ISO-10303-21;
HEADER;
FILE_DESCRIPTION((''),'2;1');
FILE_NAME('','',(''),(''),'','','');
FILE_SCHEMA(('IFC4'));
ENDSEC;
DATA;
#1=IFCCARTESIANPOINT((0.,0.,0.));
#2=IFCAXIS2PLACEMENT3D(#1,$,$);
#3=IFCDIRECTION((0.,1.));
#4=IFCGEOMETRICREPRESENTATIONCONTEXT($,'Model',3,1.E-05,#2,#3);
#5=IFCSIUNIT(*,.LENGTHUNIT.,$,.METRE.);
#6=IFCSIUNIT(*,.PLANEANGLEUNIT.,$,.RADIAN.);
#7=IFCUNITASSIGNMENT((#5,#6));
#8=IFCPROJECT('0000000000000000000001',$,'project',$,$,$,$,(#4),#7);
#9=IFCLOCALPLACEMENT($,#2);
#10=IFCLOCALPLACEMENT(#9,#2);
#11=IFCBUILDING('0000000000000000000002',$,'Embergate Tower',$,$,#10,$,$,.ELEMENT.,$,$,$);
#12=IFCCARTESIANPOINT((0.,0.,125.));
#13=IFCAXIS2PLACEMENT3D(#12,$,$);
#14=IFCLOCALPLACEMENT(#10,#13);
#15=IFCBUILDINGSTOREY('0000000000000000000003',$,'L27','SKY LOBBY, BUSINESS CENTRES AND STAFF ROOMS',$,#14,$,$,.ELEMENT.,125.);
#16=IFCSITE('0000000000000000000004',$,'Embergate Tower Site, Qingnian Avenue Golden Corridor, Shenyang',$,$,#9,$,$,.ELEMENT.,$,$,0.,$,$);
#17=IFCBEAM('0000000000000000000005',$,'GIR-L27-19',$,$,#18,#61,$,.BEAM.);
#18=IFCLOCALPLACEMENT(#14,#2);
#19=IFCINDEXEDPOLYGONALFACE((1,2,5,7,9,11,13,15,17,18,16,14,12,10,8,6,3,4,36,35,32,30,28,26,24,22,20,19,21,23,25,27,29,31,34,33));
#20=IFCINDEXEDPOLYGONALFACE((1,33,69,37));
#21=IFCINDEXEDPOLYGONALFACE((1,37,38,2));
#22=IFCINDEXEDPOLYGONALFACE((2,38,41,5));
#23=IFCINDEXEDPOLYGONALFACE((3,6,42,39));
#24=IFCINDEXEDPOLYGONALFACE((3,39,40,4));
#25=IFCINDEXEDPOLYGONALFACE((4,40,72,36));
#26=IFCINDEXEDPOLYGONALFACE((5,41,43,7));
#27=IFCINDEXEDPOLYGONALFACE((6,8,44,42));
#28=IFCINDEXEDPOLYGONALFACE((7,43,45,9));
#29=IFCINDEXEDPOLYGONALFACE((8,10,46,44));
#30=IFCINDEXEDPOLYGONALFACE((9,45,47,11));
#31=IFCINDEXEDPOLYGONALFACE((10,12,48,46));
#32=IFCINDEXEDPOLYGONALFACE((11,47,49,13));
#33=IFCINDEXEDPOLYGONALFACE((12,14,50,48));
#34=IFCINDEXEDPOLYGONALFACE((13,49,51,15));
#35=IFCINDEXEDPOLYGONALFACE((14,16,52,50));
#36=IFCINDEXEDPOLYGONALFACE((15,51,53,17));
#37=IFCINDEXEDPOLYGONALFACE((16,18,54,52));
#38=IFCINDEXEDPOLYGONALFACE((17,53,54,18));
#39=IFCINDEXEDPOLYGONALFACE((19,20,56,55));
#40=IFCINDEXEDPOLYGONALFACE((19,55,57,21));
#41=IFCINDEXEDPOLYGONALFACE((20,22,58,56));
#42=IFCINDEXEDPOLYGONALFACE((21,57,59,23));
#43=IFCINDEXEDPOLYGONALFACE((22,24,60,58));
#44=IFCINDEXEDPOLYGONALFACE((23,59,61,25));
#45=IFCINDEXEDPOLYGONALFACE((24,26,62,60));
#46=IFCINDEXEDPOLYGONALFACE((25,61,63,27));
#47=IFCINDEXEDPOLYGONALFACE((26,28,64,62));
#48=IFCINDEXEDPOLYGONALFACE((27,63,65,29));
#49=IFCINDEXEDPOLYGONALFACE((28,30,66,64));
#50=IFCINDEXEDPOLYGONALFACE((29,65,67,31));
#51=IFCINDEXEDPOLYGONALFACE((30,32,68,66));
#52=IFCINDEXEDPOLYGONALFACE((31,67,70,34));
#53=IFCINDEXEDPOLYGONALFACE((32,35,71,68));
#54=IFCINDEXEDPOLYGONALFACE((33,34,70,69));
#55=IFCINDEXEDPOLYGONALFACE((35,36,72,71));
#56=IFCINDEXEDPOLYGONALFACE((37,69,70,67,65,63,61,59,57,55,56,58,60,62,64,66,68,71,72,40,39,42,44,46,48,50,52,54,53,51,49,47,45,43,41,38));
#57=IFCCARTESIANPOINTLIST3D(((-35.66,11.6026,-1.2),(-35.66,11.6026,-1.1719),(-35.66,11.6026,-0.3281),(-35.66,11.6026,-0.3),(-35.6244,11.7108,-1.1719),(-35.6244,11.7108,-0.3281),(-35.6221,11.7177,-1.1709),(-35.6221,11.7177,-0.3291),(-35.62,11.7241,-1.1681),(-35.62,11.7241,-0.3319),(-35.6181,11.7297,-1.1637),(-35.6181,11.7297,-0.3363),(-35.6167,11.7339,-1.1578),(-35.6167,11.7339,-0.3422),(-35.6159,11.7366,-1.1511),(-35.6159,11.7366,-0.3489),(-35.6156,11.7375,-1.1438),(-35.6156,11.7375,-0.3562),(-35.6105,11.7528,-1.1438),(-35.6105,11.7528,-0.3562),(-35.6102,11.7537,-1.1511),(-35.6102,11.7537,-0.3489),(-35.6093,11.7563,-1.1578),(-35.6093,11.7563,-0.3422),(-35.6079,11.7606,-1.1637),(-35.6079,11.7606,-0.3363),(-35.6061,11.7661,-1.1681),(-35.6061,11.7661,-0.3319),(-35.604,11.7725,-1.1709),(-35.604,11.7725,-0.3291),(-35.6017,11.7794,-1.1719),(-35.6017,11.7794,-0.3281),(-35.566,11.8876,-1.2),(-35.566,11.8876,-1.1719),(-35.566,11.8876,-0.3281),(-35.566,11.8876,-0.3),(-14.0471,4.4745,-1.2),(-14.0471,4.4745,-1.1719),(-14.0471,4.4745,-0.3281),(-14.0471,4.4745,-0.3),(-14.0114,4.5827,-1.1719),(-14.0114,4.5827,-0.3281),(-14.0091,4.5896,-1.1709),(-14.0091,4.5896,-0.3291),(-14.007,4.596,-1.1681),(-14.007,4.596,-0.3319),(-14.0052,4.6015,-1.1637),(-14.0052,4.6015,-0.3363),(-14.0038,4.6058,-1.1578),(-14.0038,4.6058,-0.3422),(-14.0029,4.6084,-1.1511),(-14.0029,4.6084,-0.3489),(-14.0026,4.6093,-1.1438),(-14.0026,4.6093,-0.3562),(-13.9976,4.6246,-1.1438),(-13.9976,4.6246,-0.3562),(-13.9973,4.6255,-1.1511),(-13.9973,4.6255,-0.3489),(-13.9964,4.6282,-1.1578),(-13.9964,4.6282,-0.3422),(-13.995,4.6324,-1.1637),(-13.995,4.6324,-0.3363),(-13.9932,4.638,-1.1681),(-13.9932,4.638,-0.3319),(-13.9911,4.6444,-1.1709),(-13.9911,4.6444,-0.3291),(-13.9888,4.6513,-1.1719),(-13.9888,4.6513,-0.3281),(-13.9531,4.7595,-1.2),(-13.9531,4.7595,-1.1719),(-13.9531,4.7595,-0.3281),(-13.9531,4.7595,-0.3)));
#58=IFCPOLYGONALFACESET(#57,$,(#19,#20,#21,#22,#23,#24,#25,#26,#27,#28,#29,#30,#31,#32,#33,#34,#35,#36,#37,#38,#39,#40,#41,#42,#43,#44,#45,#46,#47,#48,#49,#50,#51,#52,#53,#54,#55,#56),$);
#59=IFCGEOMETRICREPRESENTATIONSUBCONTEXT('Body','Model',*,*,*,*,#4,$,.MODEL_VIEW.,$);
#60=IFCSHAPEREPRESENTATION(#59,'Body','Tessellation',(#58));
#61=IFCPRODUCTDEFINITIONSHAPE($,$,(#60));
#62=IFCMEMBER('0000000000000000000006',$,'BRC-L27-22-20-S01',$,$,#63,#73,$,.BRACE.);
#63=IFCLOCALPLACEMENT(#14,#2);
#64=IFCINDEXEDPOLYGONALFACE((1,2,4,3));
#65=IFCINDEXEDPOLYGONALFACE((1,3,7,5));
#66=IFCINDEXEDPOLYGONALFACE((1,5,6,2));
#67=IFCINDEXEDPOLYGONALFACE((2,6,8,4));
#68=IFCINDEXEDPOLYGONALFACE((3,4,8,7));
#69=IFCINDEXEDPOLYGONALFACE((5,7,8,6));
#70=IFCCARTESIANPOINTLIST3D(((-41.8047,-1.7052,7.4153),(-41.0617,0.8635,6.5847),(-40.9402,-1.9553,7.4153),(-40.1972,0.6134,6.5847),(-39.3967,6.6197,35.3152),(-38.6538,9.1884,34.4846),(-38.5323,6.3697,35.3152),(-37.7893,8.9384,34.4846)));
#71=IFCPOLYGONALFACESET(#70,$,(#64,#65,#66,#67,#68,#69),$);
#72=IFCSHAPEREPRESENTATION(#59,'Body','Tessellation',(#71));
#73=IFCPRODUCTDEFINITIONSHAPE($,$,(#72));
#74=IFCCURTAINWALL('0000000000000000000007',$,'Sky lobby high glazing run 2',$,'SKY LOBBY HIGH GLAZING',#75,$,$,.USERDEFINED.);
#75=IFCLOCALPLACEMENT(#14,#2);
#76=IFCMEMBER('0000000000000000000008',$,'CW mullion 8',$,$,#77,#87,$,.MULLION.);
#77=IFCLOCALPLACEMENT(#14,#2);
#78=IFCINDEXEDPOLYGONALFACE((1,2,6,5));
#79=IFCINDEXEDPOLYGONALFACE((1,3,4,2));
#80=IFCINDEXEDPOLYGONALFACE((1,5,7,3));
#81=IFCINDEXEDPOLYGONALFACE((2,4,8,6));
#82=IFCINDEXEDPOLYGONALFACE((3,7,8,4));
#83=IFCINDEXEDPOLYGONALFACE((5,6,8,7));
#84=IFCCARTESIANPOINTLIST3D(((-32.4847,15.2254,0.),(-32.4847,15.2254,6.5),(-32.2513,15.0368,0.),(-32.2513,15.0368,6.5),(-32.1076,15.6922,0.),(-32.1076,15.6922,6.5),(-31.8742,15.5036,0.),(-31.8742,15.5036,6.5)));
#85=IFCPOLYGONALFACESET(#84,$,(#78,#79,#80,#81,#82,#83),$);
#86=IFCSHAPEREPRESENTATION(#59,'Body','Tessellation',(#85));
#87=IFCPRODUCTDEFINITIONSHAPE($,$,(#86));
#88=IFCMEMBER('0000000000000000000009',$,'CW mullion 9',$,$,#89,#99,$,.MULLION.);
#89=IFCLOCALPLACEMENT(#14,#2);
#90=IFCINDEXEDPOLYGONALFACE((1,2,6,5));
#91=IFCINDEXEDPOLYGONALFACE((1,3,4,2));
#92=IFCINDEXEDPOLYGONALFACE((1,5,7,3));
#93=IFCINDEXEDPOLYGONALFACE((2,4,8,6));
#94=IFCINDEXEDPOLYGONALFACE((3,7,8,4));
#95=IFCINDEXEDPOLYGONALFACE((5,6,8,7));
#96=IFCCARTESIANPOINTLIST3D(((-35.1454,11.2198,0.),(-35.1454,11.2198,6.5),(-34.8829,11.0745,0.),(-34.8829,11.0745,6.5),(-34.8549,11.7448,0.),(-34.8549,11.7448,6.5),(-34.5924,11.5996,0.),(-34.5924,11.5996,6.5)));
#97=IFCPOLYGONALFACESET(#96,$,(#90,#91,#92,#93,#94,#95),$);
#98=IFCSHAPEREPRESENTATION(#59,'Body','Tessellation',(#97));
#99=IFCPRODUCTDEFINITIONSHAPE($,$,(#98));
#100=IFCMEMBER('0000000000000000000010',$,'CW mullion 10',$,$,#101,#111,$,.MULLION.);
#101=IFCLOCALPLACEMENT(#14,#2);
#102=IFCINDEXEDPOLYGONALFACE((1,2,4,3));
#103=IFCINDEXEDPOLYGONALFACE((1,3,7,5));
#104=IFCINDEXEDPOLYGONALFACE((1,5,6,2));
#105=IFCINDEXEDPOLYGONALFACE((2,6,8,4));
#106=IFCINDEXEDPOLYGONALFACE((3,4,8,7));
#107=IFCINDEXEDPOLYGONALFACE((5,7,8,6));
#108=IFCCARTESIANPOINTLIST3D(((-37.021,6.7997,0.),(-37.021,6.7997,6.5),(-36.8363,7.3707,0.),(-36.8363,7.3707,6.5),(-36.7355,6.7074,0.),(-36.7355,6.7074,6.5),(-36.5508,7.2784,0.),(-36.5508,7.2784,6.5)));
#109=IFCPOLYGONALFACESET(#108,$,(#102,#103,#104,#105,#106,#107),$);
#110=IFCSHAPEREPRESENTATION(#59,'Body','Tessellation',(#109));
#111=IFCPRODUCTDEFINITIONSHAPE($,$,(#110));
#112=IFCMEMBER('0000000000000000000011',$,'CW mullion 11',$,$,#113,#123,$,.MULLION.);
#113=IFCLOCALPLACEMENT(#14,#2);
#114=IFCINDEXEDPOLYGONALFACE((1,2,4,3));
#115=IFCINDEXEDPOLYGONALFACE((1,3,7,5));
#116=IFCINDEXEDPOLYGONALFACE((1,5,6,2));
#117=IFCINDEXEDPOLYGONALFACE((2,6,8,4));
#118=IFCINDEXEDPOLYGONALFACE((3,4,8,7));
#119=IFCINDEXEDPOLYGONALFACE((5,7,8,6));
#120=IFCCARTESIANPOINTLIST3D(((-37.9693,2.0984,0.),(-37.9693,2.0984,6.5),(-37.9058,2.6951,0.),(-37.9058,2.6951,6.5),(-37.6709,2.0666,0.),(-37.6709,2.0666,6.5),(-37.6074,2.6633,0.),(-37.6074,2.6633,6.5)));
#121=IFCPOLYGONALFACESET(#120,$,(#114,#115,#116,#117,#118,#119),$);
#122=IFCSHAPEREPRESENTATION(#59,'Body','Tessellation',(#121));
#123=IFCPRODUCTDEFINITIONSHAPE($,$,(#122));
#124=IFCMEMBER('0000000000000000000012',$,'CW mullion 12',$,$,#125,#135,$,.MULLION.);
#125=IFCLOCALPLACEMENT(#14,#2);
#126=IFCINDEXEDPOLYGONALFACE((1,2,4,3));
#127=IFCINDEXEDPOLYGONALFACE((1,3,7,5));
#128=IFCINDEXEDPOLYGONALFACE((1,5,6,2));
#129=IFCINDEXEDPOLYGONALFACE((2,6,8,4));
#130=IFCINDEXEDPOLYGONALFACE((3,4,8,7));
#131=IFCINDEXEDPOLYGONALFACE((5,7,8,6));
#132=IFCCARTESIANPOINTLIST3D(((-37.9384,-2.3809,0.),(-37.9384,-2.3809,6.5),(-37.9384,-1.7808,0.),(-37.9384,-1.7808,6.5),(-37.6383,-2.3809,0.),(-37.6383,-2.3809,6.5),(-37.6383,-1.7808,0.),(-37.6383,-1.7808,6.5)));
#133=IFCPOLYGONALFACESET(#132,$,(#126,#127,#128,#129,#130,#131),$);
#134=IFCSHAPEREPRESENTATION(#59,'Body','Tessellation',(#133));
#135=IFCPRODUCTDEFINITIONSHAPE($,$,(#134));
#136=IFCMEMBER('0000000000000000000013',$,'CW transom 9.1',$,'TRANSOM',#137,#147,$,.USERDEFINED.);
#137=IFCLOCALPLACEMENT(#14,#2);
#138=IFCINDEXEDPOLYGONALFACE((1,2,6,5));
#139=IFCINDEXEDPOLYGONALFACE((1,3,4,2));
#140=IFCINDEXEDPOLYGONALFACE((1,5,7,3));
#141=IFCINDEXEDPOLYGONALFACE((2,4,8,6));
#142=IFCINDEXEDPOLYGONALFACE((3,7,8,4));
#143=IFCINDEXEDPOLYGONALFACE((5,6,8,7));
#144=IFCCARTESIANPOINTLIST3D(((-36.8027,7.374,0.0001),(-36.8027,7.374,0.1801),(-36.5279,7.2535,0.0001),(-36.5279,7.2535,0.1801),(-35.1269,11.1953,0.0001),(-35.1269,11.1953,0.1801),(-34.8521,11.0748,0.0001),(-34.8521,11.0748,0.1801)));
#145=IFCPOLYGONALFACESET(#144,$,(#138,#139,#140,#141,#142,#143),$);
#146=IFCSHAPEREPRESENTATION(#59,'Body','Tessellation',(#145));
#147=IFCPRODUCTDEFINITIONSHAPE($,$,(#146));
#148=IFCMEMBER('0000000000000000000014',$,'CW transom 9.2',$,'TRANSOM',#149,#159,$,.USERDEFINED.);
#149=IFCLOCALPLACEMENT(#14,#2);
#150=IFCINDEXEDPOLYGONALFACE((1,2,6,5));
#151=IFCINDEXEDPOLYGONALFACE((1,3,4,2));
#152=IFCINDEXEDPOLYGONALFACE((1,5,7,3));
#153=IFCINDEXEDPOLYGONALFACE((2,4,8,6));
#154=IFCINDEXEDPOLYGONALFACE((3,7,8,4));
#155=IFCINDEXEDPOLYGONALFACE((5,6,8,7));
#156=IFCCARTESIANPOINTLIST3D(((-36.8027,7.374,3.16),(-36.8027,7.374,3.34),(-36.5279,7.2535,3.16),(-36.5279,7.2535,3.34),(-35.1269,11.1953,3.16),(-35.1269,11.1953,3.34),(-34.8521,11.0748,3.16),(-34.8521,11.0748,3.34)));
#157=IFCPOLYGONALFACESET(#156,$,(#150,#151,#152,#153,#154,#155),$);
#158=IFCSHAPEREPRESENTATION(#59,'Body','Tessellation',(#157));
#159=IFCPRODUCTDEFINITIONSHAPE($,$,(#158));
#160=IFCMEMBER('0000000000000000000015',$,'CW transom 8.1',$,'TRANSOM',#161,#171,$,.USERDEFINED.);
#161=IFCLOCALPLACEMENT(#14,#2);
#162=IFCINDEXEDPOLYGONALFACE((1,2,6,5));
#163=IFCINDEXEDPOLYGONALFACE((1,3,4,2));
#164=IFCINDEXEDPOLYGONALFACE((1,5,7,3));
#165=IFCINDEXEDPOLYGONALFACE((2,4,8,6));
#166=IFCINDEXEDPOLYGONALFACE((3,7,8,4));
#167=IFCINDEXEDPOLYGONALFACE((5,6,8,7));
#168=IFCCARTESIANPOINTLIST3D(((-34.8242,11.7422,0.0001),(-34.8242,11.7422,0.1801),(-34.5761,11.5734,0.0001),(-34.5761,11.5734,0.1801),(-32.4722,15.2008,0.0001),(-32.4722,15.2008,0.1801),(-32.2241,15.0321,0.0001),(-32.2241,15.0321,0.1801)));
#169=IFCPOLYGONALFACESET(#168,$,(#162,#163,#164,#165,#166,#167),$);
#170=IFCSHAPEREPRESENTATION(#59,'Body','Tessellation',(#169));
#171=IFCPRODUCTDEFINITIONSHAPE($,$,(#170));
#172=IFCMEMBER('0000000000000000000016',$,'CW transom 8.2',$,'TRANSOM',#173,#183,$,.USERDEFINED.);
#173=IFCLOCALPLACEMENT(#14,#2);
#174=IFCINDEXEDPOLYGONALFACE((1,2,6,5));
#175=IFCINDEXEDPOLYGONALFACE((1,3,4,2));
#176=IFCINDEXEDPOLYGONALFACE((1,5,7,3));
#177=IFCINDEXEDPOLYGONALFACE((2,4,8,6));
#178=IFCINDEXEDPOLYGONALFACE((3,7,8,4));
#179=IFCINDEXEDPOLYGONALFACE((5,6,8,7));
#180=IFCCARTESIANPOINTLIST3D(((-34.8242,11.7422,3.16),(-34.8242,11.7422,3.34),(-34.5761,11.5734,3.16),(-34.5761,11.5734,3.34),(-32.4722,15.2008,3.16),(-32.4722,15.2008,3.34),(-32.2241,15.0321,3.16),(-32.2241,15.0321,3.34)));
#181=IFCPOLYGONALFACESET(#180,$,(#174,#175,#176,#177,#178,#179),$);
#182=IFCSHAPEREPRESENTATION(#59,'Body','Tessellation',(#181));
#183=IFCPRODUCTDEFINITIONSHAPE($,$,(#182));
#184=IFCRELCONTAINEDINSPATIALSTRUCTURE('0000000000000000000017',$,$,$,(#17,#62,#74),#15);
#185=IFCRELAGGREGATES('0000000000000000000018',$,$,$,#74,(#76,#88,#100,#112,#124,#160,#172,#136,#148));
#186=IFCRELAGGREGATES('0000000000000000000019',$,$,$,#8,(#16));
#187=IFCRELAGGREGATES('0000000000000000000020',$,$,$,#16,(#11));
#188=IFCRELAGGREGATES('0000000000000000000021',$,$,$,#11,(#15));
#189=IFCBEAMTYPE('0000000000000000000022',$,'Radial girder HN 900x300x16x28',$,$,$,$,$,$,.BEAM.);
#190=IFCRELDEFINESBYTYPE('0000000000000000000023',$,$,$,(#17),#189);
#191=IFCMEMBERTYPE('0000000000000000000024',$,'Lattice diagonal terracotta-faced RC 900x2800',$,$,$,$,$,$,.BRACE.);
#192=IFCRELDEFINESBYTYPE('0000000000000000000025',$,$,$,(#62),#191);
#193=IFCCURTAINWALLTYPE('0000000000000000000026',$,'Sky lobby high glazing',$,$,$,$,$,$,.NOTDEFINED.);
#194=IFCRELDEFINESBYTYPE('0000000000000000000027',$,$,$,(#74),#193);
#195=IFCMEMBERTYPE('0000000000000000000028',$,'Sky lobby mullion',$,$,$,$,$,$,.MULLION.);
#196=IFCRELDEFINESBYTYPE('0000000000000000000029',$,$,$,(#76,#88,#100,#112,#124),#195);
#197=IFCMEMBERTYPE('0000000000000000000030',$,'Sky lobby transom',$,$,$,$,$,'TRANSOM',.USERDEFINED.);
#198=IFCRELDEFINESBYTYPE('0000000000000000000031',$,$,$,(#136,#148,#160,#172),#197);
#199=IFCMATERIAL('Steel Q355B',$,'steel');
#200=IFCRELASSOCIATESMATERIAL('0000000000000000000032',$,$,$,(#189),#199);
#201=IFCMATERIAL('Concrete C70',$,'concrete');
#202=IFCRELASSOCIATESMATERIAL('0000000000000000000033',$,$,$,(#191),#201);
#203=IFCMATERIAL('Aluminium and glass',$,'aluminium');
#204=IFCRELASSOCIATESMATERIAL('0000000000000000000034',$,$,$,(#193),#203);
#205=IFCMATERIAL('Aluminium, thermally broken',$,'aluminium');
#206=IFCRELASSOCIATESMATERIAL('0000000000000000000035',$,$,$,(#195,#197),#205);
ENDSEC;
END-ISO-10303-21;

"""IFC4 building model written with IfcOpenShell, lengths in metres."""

from ifc_helpers import new_model, si_unit, direction, frame, origin, origin_2d, place, context, subcontext, project, spatial, rectangle, i_section, extrude, source, transform, mapped, material, material_profile, profile_set, type_object, element, aggregate, save


model = new_model("IFC4")

# Units and contexts
model_context = context("Model", 3, precision=1e-05, world=origin(), true_north=direction((0.0, 1.0)))
body_context = subcontext(model_context, "Body", "Model", "MODEL_VIEW")
ifc_project = project(units=[si_unit("LENGTHUNIT", "METRE"), si_unit("PLANEANGLEUNIT", "RADIAN")], contexts=[model_context])

# Site, building, storey
site_placement = place(None, origin())
site = spatial("IfcSite", under=ifc_project, at=site_placement, Name="Embergate Tower Site, Qingnian Avenue Golden Corridor, Shenyang", CompositionType="ELEMENT", RefElevation=0.0)
building_placement = place(site_placement, origin())
building = spatial("IfcBuilding", under=site, at=building_placement, Name="Embergate Tower", CompositionType="ELEMENT")
storey_placement = place(building_placement, frame((0.0, 0.0, 125.0)))
storey = spatial("IfcBuildingStorey", under=building, at=storey_placement, Name="L27", Description="SKY LOBBY, BUSINESS CENTRES AND STAFF ROOMS", CompositionType="ELEMENT", Elevation=125.0)

# Shared definitions
ifc_material_1 = material(Name="Concrete C70", Category="concrete")

# Beam
ifc_material_2 = material(Name="Steel Q355B", Category="steel")
ifc_material_profile_1 = material_profile(ifc_material_2, i_section(OverallWidth=0.3, OverallDepth=0.8999, WebThickness=0.0161, FlangeThickness=0.0281, FilletRadius=0.0281, at=origin_2d()), Name="HN 900x300x16x28")
ifc_profile_set_1 = profile_set([ifc_material_profile_1], Name="Steel Q355 grade B")
beam_type_1 = type_object("IfcBeamType", Name="Radial girder HN 900x300x16x28", PredefinedType="BEAM", material=ifc_profile_set_1)
shared_shape_1 = source(origin(), body_context, "Body", "SweptSolid", [
    extrude(i_section(OverallWidth=0.3, OverallDepth=0.8999, WebThickness=0.0161, FlangeThickness=0.0281, FilletRadius=0.0281, at=origin_2d()), origin(), (0.0, 0.0, 1.0), 22.7581),
])
beam_1_placement = place(storey_placement, frame((-35.613, 11.7451, -0.75), z_axis=(0.949683, -0.313214, 0.0), x_axis=(0.313214, 0.949683, 0.0)))
element("IfcBeam", 1, at=beam_1_placement, inside=storey, type_object=beam_type_1, Name="GIR-L27-19", PredefinedType="BEAM", context=body_context, shape_type="MappedRepresentation", body=[
    mapped(shared_shape_1, transform((0.0, 0.0, 0.0))),
])

# Member
ifc_material_profile_2 = material_profile(ifc_material_1, rectangle(XDim=0.8999, YDim=2.8, at=origin_2d()), Name="RC 900x2800")
ifc_profile_set_2 = profile_set([ifc_material_profile_2], Name="Concrete C70")
member_type_1 = type_object("IfcMemberType", Name="Lattice diagonal terracotta-faced RC 900x2800", PredefinedType="BRACE", material=ifc_profile_set_2)
shared_shape_2 = source(origin(), body_context, "Body", "SweptSolid", [
    extrude(rectangle(XDim=0.8999, YDim=2.8, at=origin_2d()), origin(), (0.0, 0.0, 1.0), 29.2148),
])
member_1_placement = place(storey_placement, frame((-41.001, -0.5459, 7.0), z_axis=(0.082422, 0.284956, 0.95499), x_axis=(-0.960623, 0.277856, 0.0)))
element("IfcMember", 2, at=member_1_placement, inside=storey, type_object=member_type_1, Name="BRC-L27-22-20-S01", PredefinedType="BRACE", context=body_context, shape_type="MappedRepresentation", body=[
    mapped(shared_shape_2, transform((0.0, 0.0, 0.0))),
])

# Curtain wall, members
ifc_material_3 = material(Name="Aluminium and glass", Category="aluminium")
curtain_wall_type = type_object("IfcCurtainWallType", Name="Sky lobby high glazing", PredefinedType="NOTDEFINED", material=ifc_material_3)
curtain_wall_placement = place(storey_placement, origin())
curtain_wall = element("IfcCurtainWall", 3, at=curtain_wall_placement, inside=storey, type_object=curtain_wall_type, Name="Sky lobby high glazing run 2", ObjectType="SKY LOBBY HIGH GLAZING", PredefinedType="USERDEFINED")
ifc_material_4 = material(Name="Aluminium, thermally broken", Category="aluminium")
ifc_material_profile_3 = material_profile(ifc_material_4, rectangle(XDim=0.3, YDim=0.6001, at=origin_2d()), Name="AL 600x300")
ifc_profile_set_3 = profile_set([ifc_material_profile_3], Name="Aluminium, thermally broken")
member_type_2 = type_object("IfcMemberType", Name="Sky lobby mullion", PredefinedType="MULLION", material=ifc_profile_set_3)
shared_shape_3 = source(origin(), body_context, "Body", "SweptSolid", [
    extrude(rectangle(XDim=0.3, YDim=0.6001, at=origin_2d()), origin(), (0.0, 0.0, 1.0), 6.5),
])
member_2_placement = place(storey_placement, frame((-32.1794, 15.3645, 0.0), z_axis=(0.0, 0.0, 1.0), x_axis=(0.777864, -0.628433, 0.0)))
member_2 = element("IfcMember", 4, at=member_2_placement, type_object=member_type_2, Name="CW mullion 8", PredefinedType="MULLION", context=body_context, shape_type="MappedRepresentation", body=[
    mapped(shared_shape_3, transform((0.0, 0.0, 0.0))),
])
member_3_placement = place(storey_placement, frame((-34.8689, 11.4097, 0.0), z_axis=(0.0, 0.0, 1.0), x_axis=(0.874995, -0.484132, 0.0)))
member_3 = element("IfcMember", 5, at=member_3_placement, type_object=member_type_2, Name="CW mullion 9", PredefinedType="MULLION", context=body_context, shape_type="MappedRepresentation", body=[
    mapped(shared_shape_3, transform((0.0, 0.0, 0.0))),
])
member_4_placement = place(storey_placement, frame((-36.7859, 7.0391, 0.0), z_axis=(0.0, 0.0, 1.0), x_axis=(0.951494, -0.307667, 0.0)))
member_4 = element("IfcMember", 6, at=member_4_placement, type_object=member_type_2, Name="CW mullion 10", PredefinedType="MULLION", context=body_context, shape_type="MappedRepresentation", body=[
    mapped(shared_shape_3, transform((0.0, 0.0, 0.0))),
])
member_5_placement = place(storey_placement, frame((-37.7883, 2.3809, 0.0), z_axis=(0.0, 0.0, 1.0), x_axis=(0.994384, -0.105828, 0.0)))
member_5 = element("IfcMember", 7, at=member_5_placement, type_object=member_type_2, Name="CW mullion 11", PredefinedType="MULLION", context=body_context, shape_type="MappedRepresentation", body=[
    mapped(shared_shape_3, transform((0.0, 0.0, 0.0))),
])
member_6_placement = place(storey_placement, frame((-37.7883, -2.0808, 0.0), z_axis=(0.0, 0.0, 1.0), x_axis=(1.0, 0.0, 0.0)))
member_6 = element("IfcMember", 8, at=member_6_placement, type_object=member_type_2, Name="CW mullion 12", PredefinedType="MULLION", context=body_context, shape_type="MappedRepresentation", body=[
    mapped(shared_shape_3, transform((0.0, 0.0, 0.0))),
])
ifc_material_profile_4 = material_profile(ifc_material_4, rectangle(XDim=0.3, YDim=0.1799, at=origin_2d()), Name="AL 180x300")
ifc_profile_set_4 = profile_set([ifc_material_profile_4], Name="Aluminium, thermally broken")
member_type_3 = type_object("IfcMemberType", Name="Sky lobby transom", ElementType="TRANSOM", PredefinedType="USERDEFINED", material=ifc_profile_set_4)
shared_shape_4 = source(origin(), body_context, "Body", "SweptSolid", [
    extrude(rectangle(XDim=0.3, YDim=0.1799, at=origin_2d()), origin(), (0.0, 0.0, 1.0), 4.1726),
])
member_7_placement = place(storey_placement, frame((-34.9895, 11.135, 0.0901), z_axis=(-0.401617, -0.915808, 0.0), x_axis=(0.915808, -0.401617, 0.0)))
member_7 = element("IfcMember", 9, at=member_7_placement, type_object=member_type_3, Name="CW transom 9.1", ObjectType="TRANSOM", PredefinedType="USERDEFINED", context=body_context, shape_type="MappedRepresentation", body=[
    mapped(shared_shape_4, transform((0.0, 0.0, 0.0))),
])
member_8_placement = place(storey_placement, frame((-34.9895, 11.135, 3.25), z_axis=(-0.401617, -0.915808, 0.0), x_axis=(0.915808, -0.401617, 0.0)))
member_8 = element("IfcMember", 10, at=member_8_placement, type_object=member_type_3, Name="CW transom 9.2", ObjectType="TRANSOM", PredefinedType="USERDEFINED", context=body_context, shape_type="MappedRepresentation", body=[
    mapped(shared_shape_4, transform((0.0, 0.0, 0.0))),
])
shared_shape_5 = source(origin(), body_context, "Body", "SweptSolid", [
    extrude(rectangle(XDim=0.3, YDim=0.1799, at=origin_2d()), origin(), (0.0, 0.0, 1.0), 4.1826),
])
member_9_placement = place(storey_placement, frame((-32.3481, 15.1165, 0.0901), z_axis=(-0.562328, -0.826915, 0.0), x_axis=(0.826915, -0.562328, 0.0)))
member_9 = element("IfcMember", 11, at=member_9_placement, type_object=member_type_3, Name="CW transom 8.1", ObjectType="TRANSOM", PredefinedType="USERDEFINED", context=body_context, shape_type="MappedRepresentation", body=[
    mapped(shared_shape_5, transform((0.0, 0.0, 0.0))),
])
member_10_placement = place(storey_placement, frame((-32.3481, 15.1165, 3.25), z_axis=(-0.562328, -0.826915, 0.0), x_axis=(0.826915, -0.562328, 0.0)))
member_10 = element("IfcMember", 12, at=member_10_placement, type_object=member_type_3, Name="CW transom 8.2", ObjectType="TRANSOM", PredefinedType="USERDEFINED", context=body_context, shape_type="MappedRepresentation", body=[
    mapped(shared_shape_5, transform((0.0, 0.0, 0.0))),
])
aggregate(curtain_wall, [member_2, member_3, member_4, member_5, member_6, member_9, member_10, member_7, member_8])

save(model, "model.ifc")
